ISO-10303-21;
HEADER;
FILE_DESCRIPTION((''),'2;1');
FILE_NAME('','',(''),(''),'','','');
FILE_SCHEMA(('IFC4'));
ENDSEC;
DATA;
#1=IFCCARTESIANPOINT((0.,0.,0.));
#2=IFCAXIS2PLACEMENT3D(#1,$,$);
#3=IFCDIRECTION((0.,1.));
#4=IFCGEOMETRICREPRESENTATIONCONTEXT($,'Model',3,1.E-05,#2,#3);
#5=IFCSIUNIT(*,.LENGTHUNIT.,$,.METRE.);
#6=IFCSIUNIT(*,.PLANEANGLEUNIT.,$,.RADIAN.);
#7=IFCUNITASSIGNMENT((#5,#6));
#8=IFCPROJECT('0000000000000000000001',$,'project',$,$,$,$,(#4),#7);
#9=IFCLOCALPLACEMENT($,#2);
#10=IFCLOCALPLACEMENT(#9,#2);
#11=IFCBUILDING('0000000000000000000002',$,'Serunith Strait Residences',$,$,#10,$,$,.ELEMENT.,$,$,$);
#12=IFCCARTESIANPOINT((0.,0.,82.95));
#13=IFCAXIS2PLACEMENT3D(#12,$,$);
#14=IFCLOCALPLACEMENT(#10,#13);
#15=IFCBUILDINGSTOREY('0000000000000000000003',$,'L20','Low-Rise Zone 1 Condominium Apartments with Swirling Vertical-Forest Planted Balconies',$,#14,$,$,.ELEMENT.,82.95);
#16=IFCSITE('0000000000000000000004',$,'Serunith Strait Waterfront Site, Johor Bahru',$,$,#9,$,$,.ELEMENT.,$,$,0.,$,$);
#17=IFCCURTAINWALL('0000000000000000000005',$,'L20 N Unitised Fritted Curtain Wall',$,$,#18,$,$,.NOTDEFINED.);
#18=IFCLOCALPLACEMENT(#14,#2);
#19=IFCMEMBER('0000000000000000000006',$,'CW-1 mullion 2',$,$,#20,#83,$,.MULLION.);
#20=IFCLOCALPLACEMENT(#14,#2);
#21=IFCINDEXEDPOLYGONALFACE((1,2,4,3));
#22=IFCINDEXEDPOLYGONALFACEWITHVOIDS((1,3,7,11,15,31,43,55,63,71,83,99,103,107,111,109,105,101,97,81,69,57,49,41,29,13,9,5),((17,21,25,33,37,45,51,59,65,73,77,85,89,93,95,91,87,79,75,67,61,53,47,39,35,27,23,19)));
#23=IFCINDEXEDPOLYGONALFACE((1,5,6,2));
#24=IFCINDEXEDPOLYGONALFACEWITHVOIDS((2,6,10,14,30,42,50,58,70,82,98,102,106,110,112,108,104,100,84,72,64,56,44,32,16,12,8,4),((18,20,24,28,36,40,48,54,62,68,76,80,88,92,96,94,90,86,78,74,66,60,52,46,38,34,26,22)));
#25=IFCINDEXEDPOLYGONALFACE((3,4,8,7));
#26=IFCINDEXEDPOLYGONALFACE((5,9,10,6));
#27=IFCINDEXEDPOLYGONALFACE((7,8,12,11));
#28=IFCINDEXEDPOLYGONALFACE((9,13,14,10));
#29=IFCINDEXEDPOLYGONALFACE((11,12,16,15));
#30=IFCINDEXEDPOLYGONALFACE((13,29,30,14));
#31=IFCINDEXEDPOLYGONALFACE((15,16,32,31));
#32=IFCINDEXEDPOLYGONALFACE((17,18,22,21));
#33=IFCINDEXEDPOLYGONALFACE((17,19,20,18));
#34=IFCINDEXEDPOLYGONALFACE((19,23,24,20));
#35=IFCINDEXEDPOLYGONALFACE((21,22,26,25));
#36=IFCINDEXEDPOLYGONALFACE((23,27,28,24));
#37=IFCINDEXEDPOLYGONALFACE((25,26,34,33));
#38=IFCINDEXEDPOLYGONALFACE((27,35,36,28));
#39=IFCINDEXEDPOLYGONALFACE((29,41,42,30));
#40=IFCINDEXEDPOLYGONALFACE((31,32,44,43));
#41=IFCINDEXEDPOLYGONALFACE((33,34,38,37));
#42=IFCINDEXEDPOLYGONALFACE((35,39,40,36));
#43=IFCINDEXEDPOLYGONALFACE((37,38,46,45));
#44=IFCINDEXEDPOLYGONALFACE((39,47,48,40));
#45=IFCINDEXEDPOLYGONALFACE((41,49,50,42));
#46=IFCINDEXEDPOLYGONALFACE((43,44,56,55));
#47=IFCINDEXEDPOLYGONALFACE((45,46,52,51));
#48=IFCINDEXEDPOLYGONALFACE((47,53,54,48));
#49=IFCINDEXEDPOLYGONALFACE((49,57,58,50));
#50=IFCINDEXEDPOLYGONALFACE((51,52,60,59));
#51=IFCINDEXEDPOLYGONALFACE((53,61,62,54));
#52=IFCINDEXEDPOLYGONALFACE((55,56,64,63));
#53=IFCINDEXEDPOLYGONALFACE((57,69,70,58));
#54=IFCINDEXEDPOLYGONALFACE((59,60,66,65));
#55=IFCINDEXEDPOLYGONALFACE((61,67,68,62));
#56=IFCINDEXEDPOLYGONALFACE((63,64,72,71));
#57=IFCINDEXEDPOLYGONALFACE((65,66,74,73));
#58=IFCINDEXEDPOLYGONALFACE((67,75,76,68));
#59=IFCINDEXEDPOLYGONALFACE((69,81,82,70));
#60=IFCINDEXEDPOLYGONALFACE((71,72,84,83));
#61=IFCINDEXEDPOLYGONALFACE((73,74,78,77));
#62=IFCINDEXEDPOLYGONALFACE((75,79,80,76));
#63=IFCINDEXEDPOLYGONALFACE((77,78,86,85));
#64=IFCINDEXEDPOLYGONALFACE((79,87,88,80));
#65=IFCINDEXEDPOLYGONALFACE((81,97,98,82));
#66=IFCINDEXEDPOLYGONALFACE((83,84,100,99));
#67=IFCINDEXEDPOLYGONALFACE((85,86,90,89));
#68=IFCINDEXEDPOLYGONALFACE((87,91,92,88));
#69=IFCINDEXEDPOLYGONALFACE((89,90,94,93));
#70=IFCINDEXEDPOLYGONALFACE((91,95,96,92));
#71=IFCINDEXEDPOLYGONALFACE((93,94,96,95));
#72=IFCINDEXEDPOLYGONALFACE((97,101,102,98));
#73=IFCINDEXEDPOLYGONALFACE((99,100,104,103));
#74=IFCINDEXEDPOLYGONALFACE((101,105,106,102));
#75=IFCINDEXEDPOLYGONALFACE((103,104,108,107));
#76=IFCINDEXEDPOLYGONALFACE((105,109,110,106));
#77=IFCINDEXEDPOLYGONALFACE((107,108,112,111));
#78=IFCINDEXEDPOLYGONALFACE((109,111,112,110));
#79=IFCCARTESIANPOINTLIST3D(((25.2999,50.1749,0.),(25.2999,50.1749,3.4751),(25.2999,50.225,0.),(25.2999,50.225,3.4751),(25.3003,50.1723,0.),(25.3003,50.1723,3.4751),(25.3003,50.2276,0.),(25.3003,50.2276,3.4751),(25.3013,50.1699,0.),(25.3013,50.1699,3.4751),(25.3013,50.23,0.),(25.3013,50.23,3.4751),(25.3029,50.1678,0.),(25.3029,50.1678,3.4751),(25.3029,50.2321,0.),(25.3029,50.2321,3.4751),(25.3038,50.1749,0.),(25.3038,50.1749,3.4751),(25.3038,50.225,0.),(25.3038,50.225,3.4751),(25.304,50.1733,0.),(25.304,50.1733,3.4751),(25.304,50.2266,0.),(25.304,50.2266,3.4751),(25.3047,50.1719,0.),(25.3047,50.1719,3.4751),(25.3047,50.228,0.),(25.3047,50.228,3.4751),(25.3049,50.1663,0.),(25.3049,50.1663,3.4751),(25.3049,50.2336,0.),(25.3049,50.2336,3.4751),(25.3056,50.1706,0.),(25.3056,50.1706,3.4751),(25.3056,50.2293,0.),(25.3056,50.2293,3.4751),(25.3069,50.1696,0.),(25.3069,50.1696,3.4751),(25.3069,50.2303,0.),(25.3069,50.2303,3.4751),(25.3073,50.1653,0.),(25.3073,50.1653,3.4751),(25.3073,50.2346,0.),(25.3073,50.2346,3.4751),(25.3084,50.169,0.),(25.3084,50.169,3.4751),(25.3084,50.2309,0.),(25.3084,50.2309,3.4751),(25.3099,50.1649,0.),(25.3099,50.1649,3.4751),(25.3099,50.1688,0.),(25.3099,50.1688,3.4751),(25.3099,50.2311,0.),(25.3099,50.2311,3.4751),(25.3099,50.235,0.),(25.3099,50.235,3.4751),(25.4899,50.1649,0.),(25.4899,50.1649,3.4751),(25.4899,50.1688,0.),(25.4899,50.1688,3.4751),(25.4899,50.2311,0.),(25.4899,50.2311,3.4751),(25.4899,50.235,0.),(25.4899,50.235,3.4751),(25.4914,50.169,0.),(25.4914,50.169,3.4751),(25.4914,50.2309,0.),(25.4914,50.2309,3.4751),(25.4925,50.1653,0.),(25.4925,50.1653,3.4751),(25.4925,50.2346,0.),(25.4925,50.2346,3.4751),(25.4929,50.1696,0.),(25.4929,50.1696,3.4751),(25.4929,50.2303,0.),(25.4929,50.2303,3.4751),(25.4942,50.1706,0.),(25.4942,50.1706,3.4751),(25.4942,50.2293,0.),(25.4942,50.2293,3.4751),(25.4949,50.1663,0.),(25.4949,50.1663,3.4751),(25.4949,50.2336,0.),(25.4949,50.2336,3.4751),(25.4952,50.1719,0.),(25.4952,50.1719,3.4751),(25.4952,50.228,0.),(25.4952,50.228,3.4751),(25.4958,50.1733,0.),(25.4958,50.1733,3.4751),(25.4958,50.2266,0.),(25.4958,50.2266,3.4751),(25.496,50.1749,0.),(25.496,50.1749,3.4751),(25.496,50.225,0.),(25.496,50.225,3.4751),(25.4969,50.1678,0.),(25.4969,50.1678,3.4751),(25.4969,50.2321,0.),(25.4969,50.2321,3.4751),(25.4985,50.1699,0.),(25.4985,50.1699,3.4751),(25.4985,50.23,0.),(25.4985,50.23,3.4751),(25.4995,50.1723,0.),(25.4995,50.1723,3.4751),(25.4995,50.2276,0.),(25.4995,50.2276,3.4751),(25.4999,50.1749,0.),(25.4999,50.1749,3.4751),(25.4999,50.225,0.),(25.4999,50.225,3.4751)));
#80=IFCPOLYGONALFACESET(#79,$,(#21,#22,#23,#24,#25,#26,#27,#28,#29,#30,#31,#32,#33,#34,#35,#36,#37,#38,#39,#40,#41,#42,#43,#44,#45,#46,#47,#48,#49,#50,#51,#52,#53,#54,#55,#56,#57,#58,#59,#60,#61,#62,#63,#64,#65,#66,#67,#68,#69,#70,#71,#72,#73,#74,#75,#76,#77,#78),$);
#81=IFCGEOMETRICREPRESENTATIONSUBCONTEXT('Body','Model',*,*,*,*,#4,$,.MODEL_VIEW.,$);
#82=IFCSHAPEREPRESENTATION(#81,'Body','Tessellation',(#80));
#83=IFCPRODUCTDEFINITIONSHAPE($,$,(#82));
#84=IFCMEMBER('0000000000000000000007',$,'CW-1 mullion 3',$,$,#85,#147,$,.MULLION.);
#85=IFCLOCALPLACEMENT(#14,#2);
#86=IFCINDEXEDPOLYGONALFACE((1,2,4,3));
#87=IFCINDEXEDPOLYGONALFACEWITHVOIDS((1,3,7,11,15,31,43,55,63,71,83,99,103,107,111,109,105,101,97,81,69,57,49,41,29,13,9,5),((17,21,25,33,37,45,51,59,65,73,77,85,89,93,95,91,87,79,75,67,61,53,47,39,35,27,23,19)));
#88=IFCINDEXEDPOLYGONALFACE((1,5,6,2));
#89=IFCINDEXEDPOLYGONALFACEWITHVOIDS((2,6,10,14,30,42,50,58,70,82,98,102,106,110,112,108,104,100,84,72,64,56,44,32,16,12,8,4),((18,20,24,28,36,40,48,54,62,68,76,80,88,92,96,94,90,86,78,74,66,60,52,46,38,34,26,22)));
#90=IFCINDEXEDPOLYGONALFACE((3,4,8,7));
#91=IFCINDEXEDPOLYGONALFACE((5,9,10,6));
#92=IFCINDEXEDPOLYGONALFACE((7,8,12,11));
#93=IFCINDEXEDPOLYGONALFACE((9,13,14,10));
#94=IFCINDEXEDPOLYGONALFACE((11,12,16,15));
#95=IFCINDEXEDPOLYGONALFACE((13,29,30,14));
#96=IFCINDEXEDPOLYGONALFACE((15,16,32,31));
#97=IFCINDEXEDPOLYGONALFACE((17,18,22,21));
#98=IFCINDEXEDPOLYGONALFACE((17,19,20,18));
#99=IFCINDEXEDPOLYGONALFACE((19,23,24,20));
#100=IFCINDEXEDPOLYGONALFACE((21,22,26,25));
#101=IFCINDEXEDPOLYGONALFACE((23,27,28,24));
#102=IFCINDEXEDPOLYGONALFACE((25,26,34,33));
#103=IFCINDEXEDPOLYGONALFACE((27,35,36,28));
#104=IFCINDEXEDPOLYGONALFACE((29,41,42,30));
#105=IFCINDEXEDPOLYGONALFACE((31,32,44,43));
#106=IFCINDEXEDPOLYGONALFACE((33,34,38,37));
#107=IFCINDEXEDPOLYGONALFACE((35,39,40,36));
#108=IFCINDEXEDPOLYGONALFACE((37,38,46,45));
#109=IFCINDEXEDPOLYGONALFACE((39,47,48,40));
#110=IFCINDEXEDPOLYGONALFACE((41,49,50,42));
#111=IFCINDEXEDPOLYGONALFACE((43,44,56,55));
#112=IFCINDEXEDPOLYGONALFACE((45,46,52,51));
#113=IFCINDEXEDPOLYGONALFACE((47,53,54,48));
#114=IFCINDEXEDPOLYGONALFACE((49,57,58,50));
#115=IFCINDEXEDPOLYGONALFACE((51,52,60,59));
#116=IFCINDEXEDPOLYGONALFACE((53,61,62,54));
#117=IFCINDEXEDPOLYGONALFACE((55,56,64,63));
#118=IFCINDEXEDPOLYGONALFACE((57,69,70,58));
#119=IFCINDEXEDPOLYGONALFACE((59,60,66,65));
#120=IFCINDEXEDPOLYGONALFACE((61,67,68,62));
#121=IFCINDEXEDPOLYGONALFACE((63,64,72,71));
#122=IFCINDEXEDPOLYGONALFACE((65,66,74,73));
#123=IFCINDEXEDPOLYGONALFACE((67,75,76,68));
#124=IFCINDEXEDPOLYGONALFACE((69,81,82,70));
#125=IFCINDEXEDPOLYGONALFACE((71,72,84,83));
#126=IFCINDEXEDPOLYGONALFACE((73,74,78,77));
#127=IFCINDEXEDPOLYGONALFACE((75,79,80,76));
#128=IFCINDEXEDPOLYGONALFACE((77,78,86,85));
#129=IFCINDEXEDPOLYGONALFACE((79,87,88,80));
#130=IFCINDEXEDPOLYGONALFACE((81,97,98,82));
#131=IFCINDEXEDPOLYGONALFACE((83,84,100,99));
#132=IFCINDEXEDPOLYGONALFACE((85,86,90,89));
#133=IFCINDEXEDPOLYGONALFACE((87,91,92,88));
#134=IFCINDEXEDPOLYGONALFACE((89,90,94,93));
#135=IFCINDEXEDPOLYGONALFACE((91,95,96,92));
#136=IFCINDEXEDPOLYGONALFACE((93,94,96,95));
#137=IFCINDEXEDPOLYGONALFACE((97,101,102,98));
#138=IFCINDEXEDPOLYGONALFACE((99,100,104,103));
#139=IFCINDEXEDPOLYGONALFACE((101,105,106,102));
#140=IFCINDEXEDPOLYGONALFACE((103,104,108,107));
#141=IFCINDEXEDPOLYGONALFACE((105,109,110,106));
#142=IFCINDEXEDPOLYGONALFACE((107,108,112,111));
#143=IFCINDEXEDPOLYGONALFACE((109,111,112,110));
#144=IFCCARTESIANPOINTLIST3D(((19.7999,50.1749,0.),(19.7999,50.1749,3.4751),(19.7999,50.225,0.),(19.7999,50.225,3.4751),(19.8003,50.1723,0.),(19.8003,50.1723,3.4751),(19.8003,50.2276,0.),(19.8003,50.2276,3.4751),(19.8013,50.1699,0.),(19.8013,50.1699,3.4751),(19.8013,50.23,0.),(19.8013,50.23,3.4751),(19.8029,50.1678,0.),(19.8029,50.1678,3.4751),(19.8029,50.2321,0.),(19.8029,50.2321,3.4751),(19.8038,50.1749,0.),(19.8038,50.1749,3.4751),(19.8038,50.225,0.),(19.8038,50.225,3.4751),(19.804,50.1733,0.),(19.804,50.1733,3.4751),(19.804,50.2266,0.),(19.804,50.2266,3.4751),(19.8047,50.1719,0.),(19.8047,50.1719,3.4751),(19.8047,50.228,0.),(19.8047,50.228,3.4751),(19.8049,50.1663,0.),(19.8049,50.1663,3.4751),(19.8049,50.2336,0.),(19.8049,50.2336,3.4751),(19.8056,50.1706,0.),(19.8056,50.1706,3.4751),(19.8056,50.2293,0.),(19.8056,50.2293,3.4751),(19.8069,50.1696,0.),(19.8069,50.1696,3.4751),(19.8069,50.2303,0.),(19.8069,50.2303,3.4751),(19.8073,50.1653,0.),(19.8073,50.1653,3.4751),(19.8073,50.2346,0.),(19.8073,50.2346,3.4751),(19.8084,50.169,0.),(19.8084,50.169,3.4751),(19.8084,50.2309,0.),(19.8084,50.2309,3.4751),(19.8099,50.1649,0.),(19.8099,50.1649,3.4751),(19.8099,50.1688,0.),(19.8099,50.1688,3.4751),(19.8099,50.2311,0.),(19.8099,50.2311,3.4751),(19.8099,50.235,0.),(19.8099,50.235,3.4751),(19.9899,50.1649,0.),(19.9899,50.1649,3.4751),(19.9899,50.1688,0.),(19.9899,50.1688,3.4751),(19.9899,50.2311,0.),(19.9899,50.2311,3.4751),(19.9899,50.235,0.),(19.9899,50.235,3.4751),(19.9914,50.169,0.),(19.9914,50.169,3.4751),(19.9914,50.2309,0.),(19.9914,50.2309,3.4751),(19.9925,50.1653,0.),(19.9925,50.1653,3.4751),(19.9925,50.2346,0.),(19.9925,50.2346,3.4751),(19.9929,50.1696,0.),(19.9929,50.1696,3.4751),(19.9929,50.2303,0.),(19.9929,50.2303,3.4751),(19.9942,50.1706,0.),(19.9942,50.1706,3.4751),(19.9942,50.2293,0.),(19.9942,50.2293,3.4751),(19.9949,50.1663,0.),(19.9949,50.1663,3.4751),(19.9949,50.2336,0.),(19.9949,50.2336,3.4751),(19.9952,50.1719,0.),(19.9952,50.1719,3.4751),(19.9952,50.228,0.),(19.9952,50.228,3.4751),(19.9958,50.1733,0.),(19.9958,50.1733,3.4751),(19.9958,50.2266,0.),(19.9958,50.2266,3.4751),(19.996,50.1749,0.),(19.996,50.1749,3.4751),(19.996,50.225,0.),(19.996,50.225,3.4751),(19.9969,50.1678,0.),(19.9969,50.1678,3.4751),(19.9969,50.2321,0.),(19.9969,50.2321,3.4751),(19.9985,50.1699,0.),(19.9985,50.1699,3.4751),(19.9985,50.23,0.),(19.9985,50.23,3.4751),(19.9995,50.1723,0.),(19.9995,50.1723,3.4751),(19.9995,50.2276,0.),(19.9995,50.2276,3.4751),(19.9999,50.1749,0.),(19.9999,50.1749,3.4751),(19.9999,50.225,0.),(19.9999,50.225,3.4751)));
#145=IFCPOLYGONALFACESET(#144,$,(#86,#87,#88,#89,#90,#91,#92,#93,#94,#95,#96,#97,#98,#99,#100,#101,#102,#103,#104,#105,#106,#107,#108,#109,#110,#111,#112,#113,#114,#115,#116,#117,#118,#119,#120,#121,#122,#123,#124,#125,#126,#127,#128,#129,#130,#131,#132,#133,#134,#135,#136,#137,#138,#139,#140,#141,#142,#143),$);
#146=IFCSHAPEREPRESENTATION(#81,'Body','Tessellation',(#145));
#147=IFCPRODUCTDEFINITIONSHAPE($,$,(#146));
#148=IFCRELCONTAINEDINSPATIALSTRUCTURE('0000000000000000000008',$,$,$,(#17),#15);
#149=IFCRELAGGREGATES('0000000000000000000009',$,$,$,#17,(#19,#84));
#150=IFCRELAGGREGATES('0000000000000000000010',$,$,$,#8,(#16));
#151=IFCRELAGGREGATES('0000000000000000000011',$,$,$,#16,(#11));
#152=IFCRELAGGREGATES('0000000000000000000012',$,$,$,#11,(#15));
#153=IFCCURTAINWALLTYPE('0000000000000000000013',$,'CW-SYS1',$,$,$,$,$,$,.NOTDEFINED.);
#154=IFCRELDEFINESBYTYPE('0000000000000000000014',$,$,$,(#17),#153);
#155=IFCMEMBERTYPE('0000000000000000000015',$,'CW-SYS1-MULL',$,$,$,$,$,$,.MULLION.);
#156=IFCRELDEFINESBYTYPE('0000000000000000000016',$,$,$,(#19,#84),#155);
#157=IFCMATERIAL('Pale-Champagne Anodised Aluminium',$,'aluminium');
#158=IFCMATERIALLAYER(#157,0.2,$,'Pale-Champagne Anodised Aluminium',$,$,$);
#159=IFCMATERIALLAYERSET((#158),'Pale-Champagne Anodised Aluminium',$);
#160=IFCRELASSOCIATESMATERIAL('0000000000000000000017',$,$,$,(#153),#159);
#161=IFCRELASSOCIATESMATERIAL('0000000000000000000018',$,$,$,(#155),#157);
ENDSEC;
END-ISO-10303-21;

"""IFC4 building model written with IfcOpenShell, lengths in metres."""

from ifc_helpers import new_model, si_unit, direction, frame, origin, origin_2d, place, context, subcontext, project, spatial, hollow_rectangle, extrude, source, transform, mapped, material, layer, layer_set, material_profile, profile_set, type_object, element, aggregate, save


model = new_model("IFC4")

# Units and contexts
model_context = context("Model", 3, precision=1e-05, world=origin(), true_north=direction((0.0, 1.0)))
body_context = subcontext(model_context, "Body", "Model", "MODEL_VIEW")
ifc_project = project(units=[si_unit("LENGTHUNIT", "METRE"), si_unit("PLANEANGLEUNIT", "RADIAN")], contexts=[model_context])

# Site, building, storey
site_placement = place(None, origin())
site = spatial("IfcSite", under=ifc_project, at=site_placement, Name="Serunith Strait Waterfront Site, Johor Bahru", CompositionType="ELEMENT", RefElevation=0.0)
building_placement = place(site_placement, origin())
building = spatial("IfcBuilding", under=site, at=building_placement, Name="Serunith Strait Residences", CompositionType="ELEMENT")
storey_placement = place(building_placement, frame((0.0, 0.0, 82.95)))
storey = spatial("IfcBuildingStorey", under=building, at=storey_placement, Name="L20", Description="Low-Rise Zone 1 Condominium Apartments with Swirling Vertical-Forest Planted Balconies", CompositionType="ELEMENT", Elevation=82.95)

# Curtain wall, members
ifc_material_1 = material(Name="Pale-Champagne Anodised Aluminium", Category="aluminium")
ifc_layer_1 = layer(ifc_material_1, 0.2, Name="Pale-Champagne Anodised Aluminium")
ifc_layer_set_1 = layer_set([ifc_layer_1], Name="Pale-Champagne Anodised Aluminium")
curtain_wall_type = type_object("IfcCurtainWallType", Name="CW-SYS1", PredefinedType="NOTDEFINED", material=ifc_layer_set_1)
curtain_wall_placement = place(storey_placement, origin())
curtain_wall = element("IfcCurtainWall", 1, at=curtain_wall_placement, inside=storey, type_object=curtain_wall_type, Name="L20 N Unitised Fritted Curtain Wall", PredefinedType="NOTDEFINED")
ifc_material_profile_1 = material_profile(ifc_material_1, hollow_rectangle(XDim=0.0701, YDim=0.2, WallThickness=0.0039, InnerFilletRadius=0.0061, OuterFilletRadius=0.01, at=origin_2d()), Name="ALU 200x70x4")
ifc_profile_set_1 = profile_set([ifc_material_profile_1], Name="Pale-Champagne Anodised Aluminium")
member_type_1 = type_object("IfcMemberType", Name="CW-SYS1-MULL", PredefinedType="MULLION", material=ifc_profile_set_1)
shared_shape_1 = source(origin(), body_context, "Body", "SweptSolid", [
    extrude(hollow_rectangle(XDim=0.0701, YDim=0.2, WallThickness=0.0039, InnerFilletRadius=0.0061, OuterFilletRadius=0.01, at=origin_2d()), origin(), (0.0, 0.0, 1.0), 3.4751),
])
member_1_placement = place(storey_placement, frame((25.3999, 50.2, 0.0), z_axis=(0.0, 0.0, 1.0), x_axis=(0.0, -1.0, 0.0)))
member_1 = element("IfcMember", 2, at=member_1_placement, type_object=member_type_1, Name="CW-1 mullion 2", PredefinedType="MULLION", context=body_context, shape_type="MappedRepresentation", body=[
    mapped(shared_shape_1, transform((0.0, 0.0, 0.0), scale=1.0)),
])
member_2_placement = place(storey_placement, frame((19.8999, 50.2, 0.0), z_axis=(0.0, 0.0, 1.0), x_axis=(0.0, -1.0, 0.0)))
member_2 = element("IfcMember", 3, at=member_2_placement, type_object=member_type_1, Name="CW-1 mullion 3", PredefinedType="MULLION", context=body_context, shape_type="MappedRepresentation", body=[
    mapped(shared_shape_1, transform((0.0, 0.0, 0.0), scale=1.0)),
])
aggregate(curtain_wall, [member_1, member_2])

save(model, "model.ifc")
